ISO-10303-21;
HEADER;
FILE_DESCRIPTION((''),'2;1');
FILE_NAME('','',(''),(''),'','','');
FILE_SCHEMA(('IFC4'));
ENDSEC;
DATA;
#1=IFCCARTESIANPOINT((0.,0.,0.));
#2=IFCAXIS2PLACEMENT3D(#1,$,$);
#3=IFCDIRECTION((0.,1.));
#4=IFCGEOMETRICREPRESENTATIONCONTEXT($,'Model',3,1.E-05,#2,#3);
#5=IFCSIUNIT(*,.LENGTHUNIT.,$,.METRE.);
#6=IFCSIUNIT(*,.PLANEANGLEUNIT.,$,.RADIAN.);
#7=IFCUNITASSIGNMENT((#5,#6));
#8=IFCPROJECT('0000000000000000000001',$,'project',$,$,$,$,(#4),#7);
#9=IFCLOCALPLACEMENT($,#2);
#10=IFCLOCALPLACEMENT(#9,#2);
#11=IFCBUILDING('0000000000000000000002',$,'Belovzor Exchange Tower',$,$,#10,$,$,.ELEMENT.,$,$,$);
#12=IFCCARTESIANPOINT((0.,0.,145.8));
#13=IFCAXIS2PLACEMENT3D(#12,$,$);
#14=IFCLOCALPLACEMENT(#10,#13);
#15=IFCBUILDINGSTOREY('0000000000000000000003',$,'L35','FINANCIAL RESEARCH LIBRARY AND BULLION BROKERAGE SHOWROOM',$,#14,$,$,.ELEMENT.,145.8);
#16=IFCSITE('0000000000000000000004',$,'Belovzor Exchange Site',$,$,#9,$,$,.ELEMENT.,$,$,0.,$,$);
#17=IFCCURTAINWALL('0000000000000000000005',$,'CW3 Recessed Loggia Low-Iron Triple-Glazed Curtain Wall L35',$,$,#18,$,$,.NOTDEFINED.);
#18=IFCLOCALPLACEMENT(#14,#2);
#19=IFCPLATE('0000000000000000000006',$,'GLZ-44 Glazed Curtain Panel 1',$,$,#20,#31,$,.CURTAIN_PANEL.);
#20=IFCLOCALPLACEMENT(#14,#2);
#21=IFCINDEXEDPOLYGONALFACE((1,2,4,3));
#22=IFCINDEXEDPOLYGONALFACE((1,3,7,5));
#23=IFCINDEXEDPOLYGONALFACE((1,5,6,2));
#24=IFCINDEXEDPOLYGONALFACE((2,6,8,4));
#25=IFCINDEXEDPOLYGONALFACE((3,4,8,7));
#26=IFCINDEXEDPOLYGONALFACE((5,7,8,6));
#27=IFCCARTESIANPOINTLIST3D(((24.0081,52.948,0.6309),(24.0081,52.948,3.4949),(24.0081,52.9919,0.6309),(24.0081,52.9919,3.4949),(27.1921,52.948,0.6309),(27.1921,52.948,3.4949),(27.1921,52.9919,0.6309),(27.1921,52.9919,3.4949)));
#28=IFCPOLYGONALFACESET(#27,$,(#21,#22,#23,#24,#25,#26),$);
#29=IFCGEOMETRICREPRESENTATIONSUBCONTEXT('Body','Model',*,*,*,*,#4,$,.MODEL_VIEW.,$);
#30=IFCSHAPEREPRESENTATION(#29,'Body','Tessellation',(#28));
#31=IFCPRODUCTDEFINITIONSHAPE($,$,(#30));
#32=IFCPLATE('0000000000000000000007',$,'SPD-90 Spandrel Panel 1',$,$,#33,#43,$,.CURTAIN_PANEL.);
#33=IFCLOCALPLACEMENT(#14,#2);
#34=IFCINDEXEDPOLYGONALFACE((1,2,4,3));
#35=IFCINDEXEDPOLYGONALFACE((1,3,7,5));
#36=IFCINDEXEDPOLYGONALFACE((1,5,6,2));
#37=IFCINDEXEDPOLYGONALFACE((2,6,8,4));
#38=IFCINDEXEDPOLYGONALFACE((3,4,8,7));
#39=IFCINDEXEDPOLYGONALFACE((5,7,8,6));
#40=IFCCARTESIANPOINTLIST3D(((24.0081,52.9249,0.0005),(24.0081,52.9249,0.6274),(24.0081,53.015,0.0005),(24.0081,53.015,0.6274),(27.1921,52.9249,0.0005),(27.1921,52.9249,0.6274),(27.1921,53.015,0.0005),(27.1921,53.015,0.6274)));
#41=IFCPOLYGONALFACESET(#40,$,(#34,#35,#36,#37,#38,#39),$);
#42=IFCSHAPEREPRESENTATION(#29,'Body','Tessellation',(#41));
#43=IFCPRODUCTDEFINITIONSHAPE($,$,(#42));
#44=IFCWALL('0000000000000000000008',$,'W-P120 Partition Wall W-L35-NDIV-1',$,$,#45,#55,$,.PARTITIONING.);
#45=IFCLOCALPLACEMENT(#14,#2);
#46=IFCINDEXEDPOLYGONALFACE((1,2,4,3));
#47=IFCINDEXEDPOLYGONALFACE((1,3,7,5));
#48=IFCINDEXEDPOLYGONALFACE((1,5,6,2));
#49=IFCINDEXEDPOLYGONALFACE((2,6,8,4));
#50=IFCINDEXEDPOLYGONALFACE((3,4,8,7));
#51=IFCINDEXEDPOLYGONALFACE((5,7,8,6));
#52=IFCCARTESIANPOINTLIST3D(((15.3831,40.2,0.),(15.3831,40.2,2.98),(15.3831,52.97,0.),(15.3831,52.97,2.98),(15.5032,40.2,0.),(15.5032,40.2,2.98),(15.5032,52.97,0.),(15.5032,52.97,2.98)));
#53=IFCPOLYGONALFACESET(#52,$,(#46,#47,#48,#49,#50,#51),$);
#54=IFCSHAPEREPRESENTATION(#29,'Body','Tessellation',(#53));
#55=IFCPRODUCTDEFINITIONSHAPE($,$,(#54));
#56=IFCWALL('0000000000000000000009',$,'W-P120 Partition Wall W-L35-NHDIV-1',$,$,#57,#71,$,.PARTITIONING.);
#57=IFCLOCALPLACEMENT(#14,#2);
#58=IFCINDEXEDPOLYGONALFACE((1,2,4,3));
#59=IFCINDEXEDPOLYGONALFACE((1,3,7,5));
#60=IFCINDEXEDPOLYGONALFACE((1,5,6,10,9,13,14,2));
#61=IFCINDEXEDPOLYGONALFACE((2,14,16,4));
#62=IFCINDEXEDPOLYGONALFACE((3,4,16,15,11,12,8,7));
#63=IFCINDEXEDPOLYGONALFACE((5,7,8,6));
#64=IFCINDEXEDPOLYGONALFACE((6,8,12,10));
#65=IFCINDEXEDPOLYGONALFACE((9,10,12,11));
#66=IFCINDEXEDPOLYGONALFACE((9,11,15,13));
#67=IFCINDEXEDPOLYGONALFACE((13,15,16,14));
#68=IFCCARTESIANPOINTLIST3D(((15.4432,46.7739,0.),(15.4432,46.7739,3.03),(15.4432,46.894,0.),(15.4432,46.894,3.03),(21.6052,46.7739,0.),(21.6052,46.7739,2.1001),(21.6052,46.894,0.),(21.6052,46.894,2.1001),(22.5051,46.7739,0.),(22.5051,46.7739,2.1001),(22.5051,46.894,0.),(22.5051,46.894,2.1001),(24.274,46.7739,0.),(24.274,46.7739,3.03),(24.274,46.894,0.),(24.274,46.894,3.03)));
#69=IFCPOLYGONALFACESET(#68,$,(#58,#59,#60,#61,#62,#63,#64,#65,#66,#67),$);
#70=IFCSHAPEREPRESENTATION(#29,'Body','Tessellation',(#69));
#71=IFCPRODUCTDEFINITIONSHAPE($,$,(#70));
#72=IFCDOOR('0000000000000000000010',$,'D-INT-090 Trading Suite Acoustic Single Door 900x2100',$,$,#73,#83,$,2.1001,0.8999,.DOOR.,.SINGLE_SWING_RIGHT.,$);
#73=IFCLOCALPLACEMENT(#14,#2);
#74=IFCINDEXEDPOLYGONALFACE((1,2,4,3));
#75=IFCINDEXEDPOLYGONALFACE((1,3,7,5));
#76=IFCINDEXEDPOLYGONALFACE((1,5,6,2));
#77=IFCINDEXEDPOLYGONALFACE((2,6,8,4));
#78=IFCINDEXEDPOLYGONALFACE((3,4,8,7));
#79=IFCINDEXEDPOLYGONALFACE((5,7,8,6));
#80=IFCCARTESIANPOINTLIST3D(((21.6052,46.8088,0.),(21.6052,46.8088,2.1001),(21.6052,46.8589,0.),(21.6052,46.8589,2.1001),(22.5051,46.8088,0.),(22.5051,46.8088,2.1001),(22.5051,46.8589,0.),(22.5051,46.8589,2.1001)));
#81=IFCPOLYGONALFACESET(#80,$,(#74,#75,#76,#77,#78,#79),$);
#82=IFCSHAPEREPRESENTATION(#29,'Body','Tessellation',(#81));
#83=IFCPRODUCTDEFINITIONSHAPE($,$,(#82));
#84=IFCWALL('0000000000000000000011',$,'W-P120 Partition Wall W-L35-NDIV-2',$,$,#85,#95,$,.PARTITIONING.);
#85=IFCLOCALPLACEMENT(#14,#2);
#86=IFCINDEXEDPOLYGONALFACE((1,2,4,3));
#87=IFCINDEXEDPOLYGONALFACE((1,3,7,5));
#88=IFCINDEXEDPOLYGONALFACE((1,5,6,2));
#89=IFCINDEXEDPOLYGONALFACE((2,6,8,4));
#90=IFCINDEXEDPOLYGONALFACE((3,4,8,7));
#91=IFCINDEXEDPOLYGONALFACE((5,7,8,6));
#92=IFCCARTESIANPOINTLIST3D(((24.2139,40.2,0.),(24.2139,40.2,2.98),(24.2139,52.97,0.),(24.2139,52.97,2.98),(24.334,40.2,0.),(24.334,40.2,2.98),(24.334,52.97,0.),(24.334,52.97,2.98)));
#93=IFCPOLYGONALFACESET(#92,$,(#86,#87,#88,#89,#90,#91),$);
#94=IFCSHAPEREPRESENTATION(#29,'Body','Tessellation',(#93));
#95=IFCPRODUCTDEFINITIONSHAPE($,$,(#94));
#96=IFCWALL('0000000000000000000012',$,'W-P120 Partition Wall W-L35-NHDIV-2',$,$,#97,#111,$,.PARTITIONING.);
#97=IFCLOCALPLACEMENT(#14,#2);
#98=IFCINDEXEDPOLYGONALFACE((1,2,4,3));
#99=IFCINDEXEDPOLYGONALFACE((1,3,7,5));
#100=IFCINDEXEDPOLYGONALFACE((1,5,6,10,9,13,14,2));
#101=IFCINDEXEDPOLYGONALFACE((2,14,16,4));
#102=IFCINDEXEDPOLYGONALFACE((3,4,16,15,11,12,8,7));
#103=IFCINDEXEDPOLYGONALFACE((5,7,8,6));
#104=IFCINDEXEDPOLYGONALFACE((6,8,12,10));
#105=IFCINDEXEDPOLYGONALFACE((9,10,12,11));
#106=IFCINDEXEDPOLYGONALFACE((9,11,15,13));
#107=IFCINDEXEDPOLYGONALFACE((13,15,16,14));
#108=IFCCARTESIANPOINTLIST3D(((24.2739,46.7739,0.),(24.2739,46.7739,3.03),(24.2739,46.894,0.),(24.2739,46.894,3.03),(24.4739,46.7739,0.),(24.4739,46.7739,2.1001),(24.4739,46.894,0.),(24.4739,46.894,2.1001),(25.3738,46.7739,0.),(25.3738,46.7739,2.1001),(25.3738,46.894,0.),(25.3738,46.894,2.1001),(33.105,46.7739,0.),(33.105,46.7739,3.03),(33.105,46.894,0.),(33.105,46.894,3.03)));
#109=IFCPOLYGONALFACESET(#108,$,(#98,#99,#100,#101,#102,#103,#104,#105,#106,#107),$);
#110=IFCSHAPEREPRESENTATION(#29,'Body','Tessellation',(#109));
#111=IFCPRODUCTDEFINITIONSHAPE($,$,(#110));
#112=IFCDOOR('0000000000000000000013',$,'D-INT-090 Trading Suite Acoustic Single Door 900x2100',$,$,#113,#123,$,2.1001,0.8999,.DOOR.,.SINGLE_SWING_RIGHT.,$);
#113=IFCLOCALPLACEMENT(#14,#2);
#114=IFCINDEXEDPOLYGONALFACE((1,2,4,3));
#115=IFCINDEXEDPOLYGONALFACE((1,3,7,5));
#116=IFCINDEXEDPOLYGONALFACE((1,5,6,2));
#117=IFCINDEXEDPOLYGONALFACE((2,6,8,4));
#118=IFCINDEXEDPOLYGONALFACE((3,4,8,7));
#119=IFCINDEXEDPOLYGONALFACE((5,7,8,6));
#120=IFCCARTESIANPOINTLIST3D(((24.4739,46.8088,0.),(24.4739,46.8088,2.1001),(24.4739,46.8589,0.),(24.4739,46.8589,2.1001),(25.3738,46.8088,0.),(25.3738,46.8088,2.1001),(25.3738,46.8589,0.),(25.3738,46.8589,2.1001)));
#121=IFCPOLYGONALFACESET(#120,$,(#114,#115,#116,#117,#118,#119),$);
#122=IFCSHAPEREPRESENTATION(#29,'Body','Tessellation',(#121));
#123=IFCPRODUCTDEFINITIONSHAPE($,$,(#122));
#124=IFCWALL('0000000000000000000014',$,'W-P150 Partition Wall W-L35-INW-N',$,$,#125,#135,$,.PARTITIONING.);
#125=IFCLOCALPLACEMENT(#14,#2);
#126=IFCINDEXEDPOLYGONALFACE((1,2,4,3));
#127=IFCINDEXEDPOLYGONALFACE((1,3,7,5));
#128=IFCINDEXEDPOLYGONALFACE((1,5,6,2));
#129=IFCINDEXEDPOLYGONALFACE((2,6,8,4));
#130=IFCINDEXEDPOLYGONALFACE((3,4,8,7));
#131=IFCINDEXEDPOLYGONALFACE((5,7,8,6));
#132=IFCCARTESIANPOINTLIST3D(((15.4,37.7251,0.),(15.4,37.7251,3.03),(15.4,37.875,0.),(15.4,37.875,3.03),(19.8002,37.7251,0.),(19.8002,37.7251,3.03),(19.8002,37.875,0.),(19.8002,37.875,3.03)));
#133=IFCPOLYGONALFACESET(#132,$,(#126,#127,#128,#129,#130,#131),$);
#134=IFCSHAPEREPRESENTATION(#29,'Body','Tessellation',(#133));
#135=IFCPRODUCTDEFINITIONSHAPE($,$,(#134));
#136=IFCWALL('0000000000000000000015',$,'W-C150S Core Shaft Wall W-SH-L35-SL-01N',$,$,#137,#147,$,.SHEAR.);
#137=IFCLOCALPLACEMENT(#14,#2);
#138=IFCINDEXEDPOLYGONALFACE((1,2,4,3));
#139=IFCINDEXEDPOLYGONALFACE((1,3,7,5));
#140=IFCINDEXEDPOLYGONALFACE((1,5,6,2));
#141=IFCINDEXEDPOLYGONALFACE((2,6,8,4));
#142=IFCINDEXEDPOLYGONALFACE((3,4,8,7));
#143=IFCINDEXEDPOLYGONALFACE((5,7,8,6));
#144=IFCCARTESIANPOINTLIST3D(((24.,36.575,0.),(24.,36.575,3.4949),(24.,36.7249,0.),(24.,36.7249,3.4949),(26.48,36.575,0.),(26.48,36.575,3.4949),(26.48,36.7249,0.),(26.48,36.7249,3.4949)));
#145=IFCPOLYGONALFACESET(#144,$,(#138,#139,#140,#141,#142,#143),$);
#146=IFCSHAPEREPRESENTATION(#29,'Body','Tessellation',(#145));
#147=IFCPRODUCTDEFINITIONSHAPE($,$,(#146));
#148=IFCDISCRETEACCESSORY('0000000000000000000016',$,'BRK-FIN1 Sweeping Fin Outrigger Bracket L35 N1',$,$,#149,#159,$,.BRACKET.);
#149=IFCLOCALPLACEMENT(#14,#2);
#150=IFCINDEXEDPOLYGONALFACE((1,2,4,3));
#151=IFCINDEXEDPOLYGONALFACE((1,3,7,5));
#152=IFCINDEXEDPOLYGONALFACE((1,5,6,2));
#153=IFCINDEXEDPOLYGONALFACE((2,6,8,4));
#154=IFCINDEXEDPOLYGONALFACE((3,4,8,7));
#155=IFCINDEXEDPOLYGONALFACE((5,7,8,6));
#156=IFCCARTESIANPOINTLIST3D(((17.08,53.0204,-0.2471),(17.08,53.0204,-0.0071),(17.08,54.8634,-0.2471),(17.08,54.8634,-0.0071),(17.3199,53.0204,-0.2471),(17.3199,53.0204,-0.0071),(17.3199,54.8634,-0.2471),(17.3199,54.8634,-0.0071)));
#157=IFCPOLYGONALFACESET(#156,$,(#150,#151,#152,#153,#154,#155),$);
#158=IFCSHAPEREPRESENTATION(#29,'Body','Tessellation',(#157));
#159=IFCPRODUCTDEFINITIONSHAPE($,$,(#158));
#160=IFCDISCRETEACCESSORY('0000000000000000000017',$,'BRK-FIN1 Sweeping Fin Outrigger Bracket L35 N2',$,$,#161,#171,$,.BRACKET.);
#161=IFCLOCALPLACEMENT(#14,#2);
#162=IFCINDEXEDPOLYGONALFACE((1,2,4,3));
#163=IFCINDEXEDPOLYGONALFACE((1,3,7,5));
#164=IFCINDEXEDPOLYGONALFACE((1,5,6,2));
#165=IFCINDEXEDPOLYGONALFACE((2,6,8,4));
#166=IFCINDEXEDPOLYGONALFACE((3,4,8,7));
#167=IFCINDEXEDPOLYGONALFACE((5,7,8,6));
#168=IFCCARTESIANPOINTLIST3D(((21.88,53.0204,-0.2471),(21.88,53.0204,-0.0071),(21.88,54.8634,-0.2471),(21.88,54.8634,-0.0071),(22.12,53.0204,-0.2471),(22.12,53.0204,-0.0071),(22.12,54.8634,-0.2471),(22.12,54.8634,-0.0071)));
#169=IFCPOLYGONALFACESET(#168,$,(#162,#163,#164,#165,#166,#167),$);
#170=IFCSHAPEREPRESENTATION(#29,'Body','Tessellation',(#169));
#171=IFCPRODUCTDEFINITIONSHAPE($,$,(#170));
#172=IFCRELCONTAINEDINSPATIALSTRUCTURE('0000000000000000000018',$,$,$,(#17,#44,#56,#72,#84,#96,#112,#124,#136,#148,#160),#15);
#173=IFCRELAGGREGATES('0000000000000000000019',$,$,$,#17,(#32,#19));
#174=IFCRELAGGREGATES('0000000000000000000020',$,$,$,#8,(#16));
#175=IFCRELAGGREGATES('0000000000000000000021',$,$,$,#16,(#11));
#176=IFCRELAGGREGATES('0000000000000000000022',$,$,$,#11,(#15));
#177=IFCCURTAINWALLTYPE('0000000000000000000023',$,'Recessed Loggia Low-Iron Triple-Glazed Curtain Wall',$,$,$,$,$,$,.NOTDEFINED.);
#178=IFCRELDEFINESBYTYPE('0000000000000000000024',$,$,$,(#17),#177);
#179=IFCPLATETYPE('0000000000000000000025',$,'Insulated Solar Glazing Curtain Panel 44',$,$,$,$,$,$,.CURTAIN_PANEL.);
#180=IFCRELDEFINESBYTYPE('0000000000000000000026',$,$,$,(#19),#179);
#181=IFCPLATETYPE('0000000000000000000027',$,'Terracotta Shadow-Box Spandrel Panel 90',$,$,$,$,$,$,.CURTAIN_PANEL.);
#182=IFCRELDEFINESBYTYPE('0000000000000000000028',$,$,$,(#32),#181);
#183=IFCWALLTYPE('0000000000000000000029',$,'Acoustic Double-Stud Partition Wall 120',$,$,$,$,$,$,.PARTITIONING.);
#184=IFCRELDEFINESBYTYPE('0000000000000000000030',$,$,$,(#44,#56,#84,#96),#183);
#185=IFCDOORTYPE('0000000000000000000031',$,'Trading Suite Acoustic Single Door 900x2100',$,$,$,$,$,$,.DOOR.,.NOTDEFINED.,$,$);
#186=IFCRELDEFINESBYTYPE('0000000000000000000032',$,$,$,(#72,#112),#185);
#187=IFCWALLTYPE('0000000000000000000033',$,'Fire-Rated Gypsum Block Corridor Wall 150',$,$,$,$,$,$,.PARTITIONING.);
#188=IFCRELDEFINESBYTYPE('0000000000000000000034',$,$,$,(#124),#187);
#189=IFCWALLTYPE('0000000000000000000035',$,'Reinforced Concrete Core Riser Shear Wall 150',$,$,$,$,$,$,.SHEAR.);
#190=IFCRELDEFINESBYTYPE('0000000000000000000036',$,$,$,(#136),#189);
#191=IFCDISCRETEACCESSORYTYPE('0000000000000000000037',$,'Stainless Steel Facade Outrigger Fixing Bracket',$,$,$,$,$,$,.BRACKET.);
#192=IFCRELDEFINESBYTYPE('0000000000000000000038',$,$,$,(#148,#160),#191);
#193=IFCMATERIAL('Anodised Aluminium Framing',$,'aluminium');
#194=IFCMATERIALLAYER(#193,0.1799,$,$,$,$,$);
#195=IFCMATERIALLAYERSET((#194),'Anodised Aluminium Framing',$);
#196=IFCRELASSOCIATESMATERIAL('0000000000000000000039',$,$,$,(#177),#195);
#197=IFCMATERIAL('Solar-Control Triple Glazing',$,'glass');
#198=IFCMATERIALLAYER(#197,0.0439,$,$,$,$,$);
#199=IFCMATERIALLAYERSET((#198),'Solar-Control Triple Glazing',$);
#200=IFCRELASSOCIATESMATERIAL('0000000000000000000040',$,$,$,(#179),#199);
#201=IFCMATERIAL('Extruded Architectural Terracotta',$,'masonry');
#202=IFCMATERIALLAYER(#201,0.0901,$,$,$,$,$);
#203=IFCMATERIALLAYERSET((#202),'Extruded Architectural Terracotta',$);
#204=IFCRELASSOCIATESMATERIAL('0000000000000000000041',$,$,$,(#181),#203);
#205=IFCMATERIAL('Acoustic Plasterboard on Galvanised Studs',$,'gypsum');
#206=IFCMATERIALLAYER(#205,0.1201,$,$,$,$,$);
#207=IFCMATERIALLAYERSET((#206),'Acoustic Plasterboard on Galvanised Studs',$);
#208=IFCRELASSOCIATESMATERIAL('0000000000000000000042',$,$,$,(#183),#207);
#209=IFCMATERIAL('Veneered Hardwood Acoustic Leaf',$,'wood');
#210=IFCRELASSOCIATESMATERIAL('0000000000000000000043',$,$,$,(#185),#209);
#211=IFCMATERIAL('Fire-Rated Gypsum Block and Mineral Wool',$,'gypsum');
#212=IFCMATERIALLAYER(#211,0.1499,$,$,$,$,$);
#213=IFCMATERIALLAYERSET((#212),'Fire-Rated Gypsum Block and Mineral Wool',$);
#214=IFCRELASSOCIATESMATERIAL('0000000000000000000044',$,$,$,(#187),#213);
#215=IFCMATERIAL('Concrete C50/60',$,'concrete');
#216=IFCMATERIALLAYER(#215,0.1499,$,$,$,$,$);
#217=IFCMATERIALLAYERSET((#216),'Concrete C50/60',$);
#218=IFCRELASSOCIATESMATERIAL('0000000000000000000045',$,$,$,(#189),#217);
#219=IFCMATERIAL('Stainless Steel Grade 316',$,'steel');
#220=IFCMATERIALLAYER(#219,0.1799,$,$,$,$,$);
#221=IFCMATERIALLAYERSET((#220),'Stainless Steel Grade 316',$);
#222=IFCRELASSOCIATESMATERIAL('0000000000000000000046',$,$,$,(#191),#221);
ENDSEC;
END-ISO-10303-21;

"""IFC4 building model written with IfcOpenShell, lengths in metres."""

from ifc_helpers import new_model, si_unit, direction, frame, frame_2d, origin, origin_2d, place, context, subcontext, project, spatial, rectangle, extrude, material, layer, layer_set, type_object, element, fill, aggregate, save


model = new_model("IFC4")

# Units and contexts
model_context = context("Model", 3, precision=1e-05, world=origin(), true_north=direction((0.0, 1.0)))
body_context = subcontext(model_context, "Body", "Model", "MODEL_VIEW")
ifc_project = project(units=[si_unit("LENGTHUNIT", "METRE"), si_unit("PLANEANGLEUNIT", "RADIAN")], contexts=[model_context])

# Site, building, storey
site_placement = place(None, origin())
site = spatial("IfcSite", under=ifc_project, at=site_placement, Name="Belovzor Exchange Site", CompositionType="ELEMENT", RefElevation=0.0)
building_placement = place(site_placement, origin())
building = spatial("IfcBuilding", under=site, at=building_placement, Name="Belovzor Exchange Tower", CompositionType="ELEMENT")
storey_placement = place(building_placement, frame((0.0, 0.0, 145.8)))
storey = spatial("IfcBuildingStorey", under=building, at=storey_placement, Name="L35", Description="FINANCIAL RESEARCH LIBRARY AND BULLION BROKERAGE SHOWROOM", CompositionType="ELEMENT", Elevation=145.8)

# Curtain wall
ifc_material_1 = material(Name="Anodised Aluminium Framing", Category="aluminium")
ifc_layer_1 = layer(ifc_material_1, 0.1799)
ifc_layer_set_1 = layer_set([ifc_layer_1], Name="Anodised Aluminium Framing")
curtain_wall_type = type_object("IfcCurtainWallType", Name="Recessed Loggia Low-Iron Triple-Glazed Curtain Wall", PredefinedType="NOTDEFINED", material=ifc_layer_set_1)
curtain_wall_placement = place(storey_placement, origin())
curtain_wall = element("IfcCurtainWall", 1, at=curtain_wall_placement, inside=storey, type_object=curtain_wall_type, Name="CW3 Recessed Loggia Low-Iron Triple-Glazed Curtain Wall L35", PredefinedType="NOTDEFINED")

# Plates
ifc_material_2 = material(Name="Solar-Control Triple Glazing", Category="glass")
ifc_layer_2 = layer(ifc_material_2, 0.0439)
ifc_layer_set_2 = layer_set([ifc_layer_2], Name="Solar-Control Triple Glazing")
plate_type_1 = type_object("IfcPlateType", Name="Insulated Solar Glazing Curtain Panel 44", PredefinedType="CURTAIN_PANEL", material=ifc_layer_set_2)
plate_1_placement = place(storey_placement, frame((25.6001, 52.97, 0.6309), z_axis=(0.0, 0.0, 1.0), x_axis=(1.0, 0.0, 0.0)))
plate_1 = element("IfcPlate", 2, at=plate_1_placement, type_object=plate_type_1, Name="GLZ-44 Glazed Curtain Panel 1", PredefinedType="CURTAIN_PANEL", context=body_context, shape_type="SweptSolid", body=[
    extrude(rectangle(XDim=3.1841, YDim=0.0439, at=origin_2d()), origin(), (0.0, 0.0, 1.0), 2.864),
])
ifc_material_3 = material(Name="Extruded Architectural Terracotta", Category="masonry")
ifc_layer_3 = layer(ifc_material_3, 0.0901)
ifc_layer_set_3 = layer_set([ifc_layer_3], Name="Extruded Architectural Terracotta")
plate_type_2 = type_object("IfcPlateType", Name="Terracotta Shadow-Box Spandrel Panel 90", PredefinedType="CURTAIN_PANEL", material=ifc_layer_set_3)
plate_2_placement = place(storey_placement, frame((25.6001, 52.97, 0.0005), z_axis=(0.0, 0.0, 1.0), x_axis=(1.0, 0.0, 0.0)))
plate_2 = element("IfcPlate", 3, at=plate_2_placement, type_object=plate_type_2, Name="SPD-90 Spandrel Panel 1", PredefinedType="CURTAIN_PANEL", context=body_context, shape_type="SweptSolid", body=[
    extrude(rectangle(XDim=3.1841, YDim=0.0901, at=origin_2d()), origin(), (0.0, 0.0, 1.0), 0.627),
])
aggregate(curtain_wall, [plate_2, plate_1])

# Wall
ifc_material_4 = material(Name="Acoustic Plasterboard on Galvanised Studs", Category="gypsum")
ifc_layer_4 = layer(ifc_material_4, 0.1201)
ifc_layer_set_4 = layer_set([ifc_layer_4], Name="Acoustic Plasterboard on Galvanised Studs")
wall_type_1 = type_object("IfcWallType", Name="Acoustic Double-Stud Partition Wall 120", PredefinedType="PARTITIONING", material=ifc_layer_set_4)
wall_1_placement = place(storey_placement, frame((15.4431, 40.2, 0.0), z_axis=(0.0, 0.0, 1.0), x_axis=(0.0, 1.0, 0.0)))
element("IfcWall", 4, at=wall_1_placement, inside=storey, type_object=wall_type_1, Name="W-P120 Partition Wall W-L35-NDIV-1", PredefinedType="PARTITIONING", context=body_context, shape_type="SweptSolid", body=[
    extrude(rectangle(XDim=12.77, YDim=0.1201, at=frame_2d((6.385, 0.0))), origin(), (0.0, 0.0, 1.0), 2.98),
])

# Wall, opening, door
wall_2_placement = place(storey_placement, frame((15.4431, 46.834, 0.0), z_axis=(0.0, 0.0, 1.0), x_axis=(1.0, 0.0, 0.0)))
wall_2 = element("IfcWall", 5, at=wall_2_placement, inside=storey, type_object=wall_type_1, Name="W-P120 Partition Wall W-L35-NHDIV-1", PredefinedType="PARTITIONING", context=body_context, shape_type="SweptSolid", body=[
    extrude(rectangle(XDim=8.8308, YDim=0.1201, at=frame_2d((4.4155, 0.0))), origin(), (0.0, 0.0, 1.0), 3.03),
])
opening_1_placement = place(wall_2_placement, frame((6.1621, 0.0, 0.0)))
opening_1 = element("IfcOpeningElement", 6, at=opening_1_placement, cuts=wall_2, PredefinedType="OPENING", context=body_context, shape_type="SweptSolid", body=[
    extrude(rectangle(XDim=0.8999, YDim=2.1001, at=frame_2d((0.45, 1.05))), frame((0.0, 0.0701, 0.0), z_axis=(0.0, -1.0, 0.0), x_axis=(1.0, 0.0, 0.0)), (0.0, 0.0, 1.0), 0.1401),
])
ifc_material_5 = material(Name="Veneered Hardwood Acoustic Leaf", Category="wood")
door_type_1 = type_object("IfcDoorType", Name="Trading Suite Acoustic Single Door 900x2100", OperationType="NOTDEFINED", PredefinedType="DOOR", material=ifc_material_5)
door_1_placement = place(opening_1_placement, origin())
door_1 = element("IfcDoor", 7, at=door_1_placement, inside=storey, type_object=door_type_1, Name="D-INT-090 Trading Suite Acoustic Single Door 900x2100", OperationType="SINGLE_SWING_RIGHT", OverallHeight=2.1001, OverallWidth=0.8999, PredefinedType="DOOR", context=body_context, shape_type="SweptSolid", body=[
    extrude(rectangle(XDim=0.8999, YDim=2.1001, at=frame_2d((0.45, 1.05))), frame((0.0, 0.0249, 0.0), z_axis=(0.0, -1.0, 0.0), x_axis=(1.0, 0.0, 0.0)), (0.0, 0.0, 1.0), 0.05),
])
fill(opening_1, door_1)

# Wall
wall_3_placement = place(storey_placement, frame((24.2739, 40.2, 0.0), z_axis=(0.0, 0.0, 1.0), x_axis=(0.0, 1.0, 0.0)))
element("IfcWall", 8, at=wall_3_placement, inside=storey, type_object=wall_type_1, Name="W-P120 Partition Wall W-L35-NDIV-2", PredefinedType="PARTITIONING", context=body_context, shape_type="SweptSolid", body=[
    extrude(rectangle(XDim=12.77, YDim=0.1201, at=frame_2d((6.385, 0.0))), origin(), (0.0, 0.0, 1.0), 2.98),
])

# Wall, opening, door
wall_4_placement = place(storey_placement, frame((24.2739, 46.834, 0.0), z_axis=(0.0, 0.0, 1.0), x_axis=(1.0, 0.0, 0.0)))
wall_4 = element("IfcWall", 9, at=wall_4_placement, inside=storey, type_object=wall_type_1, Name="W-P120 Partition Wall W-L35-NHDIV-2", PredefinedType="PARTITIONING", context=body_context, shape_type="SweptSolid", body=[
    extrude(rectangle(XDim=8.8311, YDim=0.1201, at=frame_2d((4.4155, 0.0))), origin(), (0.0, 0.0, 1.0), 3.03),
])
opening_2_placement = place(wall_4_placement, frame((0.2, 0.0, 0.0)))
opening_2 = element("IfcOpeningElement", 10, at=opening_2_placement, cuts=wall_4, PredefinedType="OPENING", context=body_context, shape_type="SweptSolid", body=[
    extrude(rectangle(XDim=0.8999, YDim=2.1001, at=frame_2d((0.45, 1.05))), frame((0.0, 0.0701, 0.0), z_axis=(0.0, -1.0, 0.0), x_axis=(1.0, 0.0, 0.0)), (0.0, 0.0, 1.0), 0.1401),
])
door_2_placement = place(opening_2_placement, origin())
door_2 = element("IfcDoor", 11, at=door_2_placement, inside=storey, type_object=door_type_1, Name="D-INT-090 Trading Suite Acoustic Single Door 900x2100", OperationType="SINGLE_SWING_RIGHT", OverallHeight=2.1001, OverallWidth=0.8999, PredefinedType="DOOR", context=body_context, shape_type="SweptSolid", body=[
    extrude(rectangle(XDim=0.8999, YDim=2.1001, at=frame_2d((0.45, 1.05))), frame((0.0, 0.0249, 0.0), z_axis=(0.0, -1.0, 0.0), x_axis=(1.0, 0.0, 0.0)), (0.0, 0.0, 1.0), 0.05),
])
fill(opening_2, door_2)

# Walls
ifc_material_6 = material(Name="Fire-Rated Gypsum Block and Mineral Wool", Category="gypsum")
ifc_layer_5 = layer(ifc_material_6, 0.1499)
ifc_layer_set_5 = layer_set([ifc_layer_5], Name="Fire-Rated Gypsum Block and Mineral Wool")
wall_type_2 = type_object("IfcWallType", Name="Fire-Rated Gypsum Block Corridor Wall 150", PredefinedType="PARTITIONING", material=ifc_layer_set_5)
wall_5_placement = place(storey_placement, frame((15.3999, 37.8, 0.0), z_axis=(0.0, 0.0, 1.0), x_axis=(1.0, 0.0, 0.0)))
element("IfcWall", 12, at=wall_5_placement, inside=storey, type_object=wall_type_2, Name="W-P150 Partition Wall W-L35-INW-N", PredefinedType="PARTITIONING", context=body_context, shape_type="SweptSolid", body=[
    extrude(rectangle(XDim=4.4001, YDim=0.1499, at=frame_2d((2.2002, 0.0))), origin(), (0.0, 0.0, 1.0), 3.03),
])
ifc_material_7 = material(Name="Concrete C50/60", Category="concrete")
ifc_layer_6 = layer(ifc_material_7, 0.1499)
ifc_layer_set_6 = layer_set([ifc_layer_6], Name="Concrete C50/60")
wall_type_3 = type_object("IfcWallType", Name="Reinforced Concrete Core Riser Shear Wall 150", PredefinedType="SHEAR", material=ifc_layer_set_6)
wall_6_placement = place(storey_placement, frame((24.0, 36.6499, 0.0), z_axis=(0.0, 0.0, 1.0), x_axis=(1.0, 0.0, 0.0)))
element("IfcWall", 13, at=wall_6_placement, inside=storey, type_object=wall_type_3, Name="W-C150S Core Shaft Wall W-SH-L35-SL-01N", PredefinedType="SHEAR", context=body_context, shape_type="SweptSolid", body=[
    extrude(rectangle(XDim=2.48, YDim=0.1499, at=frame_2d((1.24, 0.0))), origin(), (0.0, 0.0, 1.0), 3.4949),
])

# Discrete accessories
ifc_material_8 = material(Name="Stainless Steel Grade 316", Category="steel")
ifc_layer_7 = layer(ifc_material_8, 0.1799)
ifc_layer_set_7 = layer_set([ifc_layer_7], Name="Stainless Steel Grade 316")
discrete_accessory_type = type_object("IfcDiscreteAccessoryType", Name="Stainless Steel Facade Outrigger Fixing Bracket", PredefinedType="BRACKET", material=ifc_layer_set_7)
for number, where, z_axis, x_axis, name in (
    (14, (17.2, 53.9419, -0.2471), (0.0, 0.0, 1.0), (0.0, 1.0, 0.0), "BRK-FIN1 Sweeping Fin Outrigger Bracket L35 N1"),
    (15, (22.0, 53.9419, -0.2471), (0.0, 0.0, 1.0), (0.0, 1.0, 0.0), "BRK-FIN1 Sweeping Fin Outrigger Bracket L35 N2"),
):
    element("IfcDiscreteAccessory", number, at=place(storey_placement, frame(where, z_axis=z_axis, x_axis=x_axis)), inside=storey, type_object=discrete_accessory_type, Name=name, PredefinedType="BRACKET", context=body_context, shape_type="SweptSolid", body=[
        extrude(rectangle(XDim=1.843, YDim=0.24, at=origin_2d()), origin(), (0.0, 0.0, 1.0), 0.24),
    ])

save(model, "model.ifc")
